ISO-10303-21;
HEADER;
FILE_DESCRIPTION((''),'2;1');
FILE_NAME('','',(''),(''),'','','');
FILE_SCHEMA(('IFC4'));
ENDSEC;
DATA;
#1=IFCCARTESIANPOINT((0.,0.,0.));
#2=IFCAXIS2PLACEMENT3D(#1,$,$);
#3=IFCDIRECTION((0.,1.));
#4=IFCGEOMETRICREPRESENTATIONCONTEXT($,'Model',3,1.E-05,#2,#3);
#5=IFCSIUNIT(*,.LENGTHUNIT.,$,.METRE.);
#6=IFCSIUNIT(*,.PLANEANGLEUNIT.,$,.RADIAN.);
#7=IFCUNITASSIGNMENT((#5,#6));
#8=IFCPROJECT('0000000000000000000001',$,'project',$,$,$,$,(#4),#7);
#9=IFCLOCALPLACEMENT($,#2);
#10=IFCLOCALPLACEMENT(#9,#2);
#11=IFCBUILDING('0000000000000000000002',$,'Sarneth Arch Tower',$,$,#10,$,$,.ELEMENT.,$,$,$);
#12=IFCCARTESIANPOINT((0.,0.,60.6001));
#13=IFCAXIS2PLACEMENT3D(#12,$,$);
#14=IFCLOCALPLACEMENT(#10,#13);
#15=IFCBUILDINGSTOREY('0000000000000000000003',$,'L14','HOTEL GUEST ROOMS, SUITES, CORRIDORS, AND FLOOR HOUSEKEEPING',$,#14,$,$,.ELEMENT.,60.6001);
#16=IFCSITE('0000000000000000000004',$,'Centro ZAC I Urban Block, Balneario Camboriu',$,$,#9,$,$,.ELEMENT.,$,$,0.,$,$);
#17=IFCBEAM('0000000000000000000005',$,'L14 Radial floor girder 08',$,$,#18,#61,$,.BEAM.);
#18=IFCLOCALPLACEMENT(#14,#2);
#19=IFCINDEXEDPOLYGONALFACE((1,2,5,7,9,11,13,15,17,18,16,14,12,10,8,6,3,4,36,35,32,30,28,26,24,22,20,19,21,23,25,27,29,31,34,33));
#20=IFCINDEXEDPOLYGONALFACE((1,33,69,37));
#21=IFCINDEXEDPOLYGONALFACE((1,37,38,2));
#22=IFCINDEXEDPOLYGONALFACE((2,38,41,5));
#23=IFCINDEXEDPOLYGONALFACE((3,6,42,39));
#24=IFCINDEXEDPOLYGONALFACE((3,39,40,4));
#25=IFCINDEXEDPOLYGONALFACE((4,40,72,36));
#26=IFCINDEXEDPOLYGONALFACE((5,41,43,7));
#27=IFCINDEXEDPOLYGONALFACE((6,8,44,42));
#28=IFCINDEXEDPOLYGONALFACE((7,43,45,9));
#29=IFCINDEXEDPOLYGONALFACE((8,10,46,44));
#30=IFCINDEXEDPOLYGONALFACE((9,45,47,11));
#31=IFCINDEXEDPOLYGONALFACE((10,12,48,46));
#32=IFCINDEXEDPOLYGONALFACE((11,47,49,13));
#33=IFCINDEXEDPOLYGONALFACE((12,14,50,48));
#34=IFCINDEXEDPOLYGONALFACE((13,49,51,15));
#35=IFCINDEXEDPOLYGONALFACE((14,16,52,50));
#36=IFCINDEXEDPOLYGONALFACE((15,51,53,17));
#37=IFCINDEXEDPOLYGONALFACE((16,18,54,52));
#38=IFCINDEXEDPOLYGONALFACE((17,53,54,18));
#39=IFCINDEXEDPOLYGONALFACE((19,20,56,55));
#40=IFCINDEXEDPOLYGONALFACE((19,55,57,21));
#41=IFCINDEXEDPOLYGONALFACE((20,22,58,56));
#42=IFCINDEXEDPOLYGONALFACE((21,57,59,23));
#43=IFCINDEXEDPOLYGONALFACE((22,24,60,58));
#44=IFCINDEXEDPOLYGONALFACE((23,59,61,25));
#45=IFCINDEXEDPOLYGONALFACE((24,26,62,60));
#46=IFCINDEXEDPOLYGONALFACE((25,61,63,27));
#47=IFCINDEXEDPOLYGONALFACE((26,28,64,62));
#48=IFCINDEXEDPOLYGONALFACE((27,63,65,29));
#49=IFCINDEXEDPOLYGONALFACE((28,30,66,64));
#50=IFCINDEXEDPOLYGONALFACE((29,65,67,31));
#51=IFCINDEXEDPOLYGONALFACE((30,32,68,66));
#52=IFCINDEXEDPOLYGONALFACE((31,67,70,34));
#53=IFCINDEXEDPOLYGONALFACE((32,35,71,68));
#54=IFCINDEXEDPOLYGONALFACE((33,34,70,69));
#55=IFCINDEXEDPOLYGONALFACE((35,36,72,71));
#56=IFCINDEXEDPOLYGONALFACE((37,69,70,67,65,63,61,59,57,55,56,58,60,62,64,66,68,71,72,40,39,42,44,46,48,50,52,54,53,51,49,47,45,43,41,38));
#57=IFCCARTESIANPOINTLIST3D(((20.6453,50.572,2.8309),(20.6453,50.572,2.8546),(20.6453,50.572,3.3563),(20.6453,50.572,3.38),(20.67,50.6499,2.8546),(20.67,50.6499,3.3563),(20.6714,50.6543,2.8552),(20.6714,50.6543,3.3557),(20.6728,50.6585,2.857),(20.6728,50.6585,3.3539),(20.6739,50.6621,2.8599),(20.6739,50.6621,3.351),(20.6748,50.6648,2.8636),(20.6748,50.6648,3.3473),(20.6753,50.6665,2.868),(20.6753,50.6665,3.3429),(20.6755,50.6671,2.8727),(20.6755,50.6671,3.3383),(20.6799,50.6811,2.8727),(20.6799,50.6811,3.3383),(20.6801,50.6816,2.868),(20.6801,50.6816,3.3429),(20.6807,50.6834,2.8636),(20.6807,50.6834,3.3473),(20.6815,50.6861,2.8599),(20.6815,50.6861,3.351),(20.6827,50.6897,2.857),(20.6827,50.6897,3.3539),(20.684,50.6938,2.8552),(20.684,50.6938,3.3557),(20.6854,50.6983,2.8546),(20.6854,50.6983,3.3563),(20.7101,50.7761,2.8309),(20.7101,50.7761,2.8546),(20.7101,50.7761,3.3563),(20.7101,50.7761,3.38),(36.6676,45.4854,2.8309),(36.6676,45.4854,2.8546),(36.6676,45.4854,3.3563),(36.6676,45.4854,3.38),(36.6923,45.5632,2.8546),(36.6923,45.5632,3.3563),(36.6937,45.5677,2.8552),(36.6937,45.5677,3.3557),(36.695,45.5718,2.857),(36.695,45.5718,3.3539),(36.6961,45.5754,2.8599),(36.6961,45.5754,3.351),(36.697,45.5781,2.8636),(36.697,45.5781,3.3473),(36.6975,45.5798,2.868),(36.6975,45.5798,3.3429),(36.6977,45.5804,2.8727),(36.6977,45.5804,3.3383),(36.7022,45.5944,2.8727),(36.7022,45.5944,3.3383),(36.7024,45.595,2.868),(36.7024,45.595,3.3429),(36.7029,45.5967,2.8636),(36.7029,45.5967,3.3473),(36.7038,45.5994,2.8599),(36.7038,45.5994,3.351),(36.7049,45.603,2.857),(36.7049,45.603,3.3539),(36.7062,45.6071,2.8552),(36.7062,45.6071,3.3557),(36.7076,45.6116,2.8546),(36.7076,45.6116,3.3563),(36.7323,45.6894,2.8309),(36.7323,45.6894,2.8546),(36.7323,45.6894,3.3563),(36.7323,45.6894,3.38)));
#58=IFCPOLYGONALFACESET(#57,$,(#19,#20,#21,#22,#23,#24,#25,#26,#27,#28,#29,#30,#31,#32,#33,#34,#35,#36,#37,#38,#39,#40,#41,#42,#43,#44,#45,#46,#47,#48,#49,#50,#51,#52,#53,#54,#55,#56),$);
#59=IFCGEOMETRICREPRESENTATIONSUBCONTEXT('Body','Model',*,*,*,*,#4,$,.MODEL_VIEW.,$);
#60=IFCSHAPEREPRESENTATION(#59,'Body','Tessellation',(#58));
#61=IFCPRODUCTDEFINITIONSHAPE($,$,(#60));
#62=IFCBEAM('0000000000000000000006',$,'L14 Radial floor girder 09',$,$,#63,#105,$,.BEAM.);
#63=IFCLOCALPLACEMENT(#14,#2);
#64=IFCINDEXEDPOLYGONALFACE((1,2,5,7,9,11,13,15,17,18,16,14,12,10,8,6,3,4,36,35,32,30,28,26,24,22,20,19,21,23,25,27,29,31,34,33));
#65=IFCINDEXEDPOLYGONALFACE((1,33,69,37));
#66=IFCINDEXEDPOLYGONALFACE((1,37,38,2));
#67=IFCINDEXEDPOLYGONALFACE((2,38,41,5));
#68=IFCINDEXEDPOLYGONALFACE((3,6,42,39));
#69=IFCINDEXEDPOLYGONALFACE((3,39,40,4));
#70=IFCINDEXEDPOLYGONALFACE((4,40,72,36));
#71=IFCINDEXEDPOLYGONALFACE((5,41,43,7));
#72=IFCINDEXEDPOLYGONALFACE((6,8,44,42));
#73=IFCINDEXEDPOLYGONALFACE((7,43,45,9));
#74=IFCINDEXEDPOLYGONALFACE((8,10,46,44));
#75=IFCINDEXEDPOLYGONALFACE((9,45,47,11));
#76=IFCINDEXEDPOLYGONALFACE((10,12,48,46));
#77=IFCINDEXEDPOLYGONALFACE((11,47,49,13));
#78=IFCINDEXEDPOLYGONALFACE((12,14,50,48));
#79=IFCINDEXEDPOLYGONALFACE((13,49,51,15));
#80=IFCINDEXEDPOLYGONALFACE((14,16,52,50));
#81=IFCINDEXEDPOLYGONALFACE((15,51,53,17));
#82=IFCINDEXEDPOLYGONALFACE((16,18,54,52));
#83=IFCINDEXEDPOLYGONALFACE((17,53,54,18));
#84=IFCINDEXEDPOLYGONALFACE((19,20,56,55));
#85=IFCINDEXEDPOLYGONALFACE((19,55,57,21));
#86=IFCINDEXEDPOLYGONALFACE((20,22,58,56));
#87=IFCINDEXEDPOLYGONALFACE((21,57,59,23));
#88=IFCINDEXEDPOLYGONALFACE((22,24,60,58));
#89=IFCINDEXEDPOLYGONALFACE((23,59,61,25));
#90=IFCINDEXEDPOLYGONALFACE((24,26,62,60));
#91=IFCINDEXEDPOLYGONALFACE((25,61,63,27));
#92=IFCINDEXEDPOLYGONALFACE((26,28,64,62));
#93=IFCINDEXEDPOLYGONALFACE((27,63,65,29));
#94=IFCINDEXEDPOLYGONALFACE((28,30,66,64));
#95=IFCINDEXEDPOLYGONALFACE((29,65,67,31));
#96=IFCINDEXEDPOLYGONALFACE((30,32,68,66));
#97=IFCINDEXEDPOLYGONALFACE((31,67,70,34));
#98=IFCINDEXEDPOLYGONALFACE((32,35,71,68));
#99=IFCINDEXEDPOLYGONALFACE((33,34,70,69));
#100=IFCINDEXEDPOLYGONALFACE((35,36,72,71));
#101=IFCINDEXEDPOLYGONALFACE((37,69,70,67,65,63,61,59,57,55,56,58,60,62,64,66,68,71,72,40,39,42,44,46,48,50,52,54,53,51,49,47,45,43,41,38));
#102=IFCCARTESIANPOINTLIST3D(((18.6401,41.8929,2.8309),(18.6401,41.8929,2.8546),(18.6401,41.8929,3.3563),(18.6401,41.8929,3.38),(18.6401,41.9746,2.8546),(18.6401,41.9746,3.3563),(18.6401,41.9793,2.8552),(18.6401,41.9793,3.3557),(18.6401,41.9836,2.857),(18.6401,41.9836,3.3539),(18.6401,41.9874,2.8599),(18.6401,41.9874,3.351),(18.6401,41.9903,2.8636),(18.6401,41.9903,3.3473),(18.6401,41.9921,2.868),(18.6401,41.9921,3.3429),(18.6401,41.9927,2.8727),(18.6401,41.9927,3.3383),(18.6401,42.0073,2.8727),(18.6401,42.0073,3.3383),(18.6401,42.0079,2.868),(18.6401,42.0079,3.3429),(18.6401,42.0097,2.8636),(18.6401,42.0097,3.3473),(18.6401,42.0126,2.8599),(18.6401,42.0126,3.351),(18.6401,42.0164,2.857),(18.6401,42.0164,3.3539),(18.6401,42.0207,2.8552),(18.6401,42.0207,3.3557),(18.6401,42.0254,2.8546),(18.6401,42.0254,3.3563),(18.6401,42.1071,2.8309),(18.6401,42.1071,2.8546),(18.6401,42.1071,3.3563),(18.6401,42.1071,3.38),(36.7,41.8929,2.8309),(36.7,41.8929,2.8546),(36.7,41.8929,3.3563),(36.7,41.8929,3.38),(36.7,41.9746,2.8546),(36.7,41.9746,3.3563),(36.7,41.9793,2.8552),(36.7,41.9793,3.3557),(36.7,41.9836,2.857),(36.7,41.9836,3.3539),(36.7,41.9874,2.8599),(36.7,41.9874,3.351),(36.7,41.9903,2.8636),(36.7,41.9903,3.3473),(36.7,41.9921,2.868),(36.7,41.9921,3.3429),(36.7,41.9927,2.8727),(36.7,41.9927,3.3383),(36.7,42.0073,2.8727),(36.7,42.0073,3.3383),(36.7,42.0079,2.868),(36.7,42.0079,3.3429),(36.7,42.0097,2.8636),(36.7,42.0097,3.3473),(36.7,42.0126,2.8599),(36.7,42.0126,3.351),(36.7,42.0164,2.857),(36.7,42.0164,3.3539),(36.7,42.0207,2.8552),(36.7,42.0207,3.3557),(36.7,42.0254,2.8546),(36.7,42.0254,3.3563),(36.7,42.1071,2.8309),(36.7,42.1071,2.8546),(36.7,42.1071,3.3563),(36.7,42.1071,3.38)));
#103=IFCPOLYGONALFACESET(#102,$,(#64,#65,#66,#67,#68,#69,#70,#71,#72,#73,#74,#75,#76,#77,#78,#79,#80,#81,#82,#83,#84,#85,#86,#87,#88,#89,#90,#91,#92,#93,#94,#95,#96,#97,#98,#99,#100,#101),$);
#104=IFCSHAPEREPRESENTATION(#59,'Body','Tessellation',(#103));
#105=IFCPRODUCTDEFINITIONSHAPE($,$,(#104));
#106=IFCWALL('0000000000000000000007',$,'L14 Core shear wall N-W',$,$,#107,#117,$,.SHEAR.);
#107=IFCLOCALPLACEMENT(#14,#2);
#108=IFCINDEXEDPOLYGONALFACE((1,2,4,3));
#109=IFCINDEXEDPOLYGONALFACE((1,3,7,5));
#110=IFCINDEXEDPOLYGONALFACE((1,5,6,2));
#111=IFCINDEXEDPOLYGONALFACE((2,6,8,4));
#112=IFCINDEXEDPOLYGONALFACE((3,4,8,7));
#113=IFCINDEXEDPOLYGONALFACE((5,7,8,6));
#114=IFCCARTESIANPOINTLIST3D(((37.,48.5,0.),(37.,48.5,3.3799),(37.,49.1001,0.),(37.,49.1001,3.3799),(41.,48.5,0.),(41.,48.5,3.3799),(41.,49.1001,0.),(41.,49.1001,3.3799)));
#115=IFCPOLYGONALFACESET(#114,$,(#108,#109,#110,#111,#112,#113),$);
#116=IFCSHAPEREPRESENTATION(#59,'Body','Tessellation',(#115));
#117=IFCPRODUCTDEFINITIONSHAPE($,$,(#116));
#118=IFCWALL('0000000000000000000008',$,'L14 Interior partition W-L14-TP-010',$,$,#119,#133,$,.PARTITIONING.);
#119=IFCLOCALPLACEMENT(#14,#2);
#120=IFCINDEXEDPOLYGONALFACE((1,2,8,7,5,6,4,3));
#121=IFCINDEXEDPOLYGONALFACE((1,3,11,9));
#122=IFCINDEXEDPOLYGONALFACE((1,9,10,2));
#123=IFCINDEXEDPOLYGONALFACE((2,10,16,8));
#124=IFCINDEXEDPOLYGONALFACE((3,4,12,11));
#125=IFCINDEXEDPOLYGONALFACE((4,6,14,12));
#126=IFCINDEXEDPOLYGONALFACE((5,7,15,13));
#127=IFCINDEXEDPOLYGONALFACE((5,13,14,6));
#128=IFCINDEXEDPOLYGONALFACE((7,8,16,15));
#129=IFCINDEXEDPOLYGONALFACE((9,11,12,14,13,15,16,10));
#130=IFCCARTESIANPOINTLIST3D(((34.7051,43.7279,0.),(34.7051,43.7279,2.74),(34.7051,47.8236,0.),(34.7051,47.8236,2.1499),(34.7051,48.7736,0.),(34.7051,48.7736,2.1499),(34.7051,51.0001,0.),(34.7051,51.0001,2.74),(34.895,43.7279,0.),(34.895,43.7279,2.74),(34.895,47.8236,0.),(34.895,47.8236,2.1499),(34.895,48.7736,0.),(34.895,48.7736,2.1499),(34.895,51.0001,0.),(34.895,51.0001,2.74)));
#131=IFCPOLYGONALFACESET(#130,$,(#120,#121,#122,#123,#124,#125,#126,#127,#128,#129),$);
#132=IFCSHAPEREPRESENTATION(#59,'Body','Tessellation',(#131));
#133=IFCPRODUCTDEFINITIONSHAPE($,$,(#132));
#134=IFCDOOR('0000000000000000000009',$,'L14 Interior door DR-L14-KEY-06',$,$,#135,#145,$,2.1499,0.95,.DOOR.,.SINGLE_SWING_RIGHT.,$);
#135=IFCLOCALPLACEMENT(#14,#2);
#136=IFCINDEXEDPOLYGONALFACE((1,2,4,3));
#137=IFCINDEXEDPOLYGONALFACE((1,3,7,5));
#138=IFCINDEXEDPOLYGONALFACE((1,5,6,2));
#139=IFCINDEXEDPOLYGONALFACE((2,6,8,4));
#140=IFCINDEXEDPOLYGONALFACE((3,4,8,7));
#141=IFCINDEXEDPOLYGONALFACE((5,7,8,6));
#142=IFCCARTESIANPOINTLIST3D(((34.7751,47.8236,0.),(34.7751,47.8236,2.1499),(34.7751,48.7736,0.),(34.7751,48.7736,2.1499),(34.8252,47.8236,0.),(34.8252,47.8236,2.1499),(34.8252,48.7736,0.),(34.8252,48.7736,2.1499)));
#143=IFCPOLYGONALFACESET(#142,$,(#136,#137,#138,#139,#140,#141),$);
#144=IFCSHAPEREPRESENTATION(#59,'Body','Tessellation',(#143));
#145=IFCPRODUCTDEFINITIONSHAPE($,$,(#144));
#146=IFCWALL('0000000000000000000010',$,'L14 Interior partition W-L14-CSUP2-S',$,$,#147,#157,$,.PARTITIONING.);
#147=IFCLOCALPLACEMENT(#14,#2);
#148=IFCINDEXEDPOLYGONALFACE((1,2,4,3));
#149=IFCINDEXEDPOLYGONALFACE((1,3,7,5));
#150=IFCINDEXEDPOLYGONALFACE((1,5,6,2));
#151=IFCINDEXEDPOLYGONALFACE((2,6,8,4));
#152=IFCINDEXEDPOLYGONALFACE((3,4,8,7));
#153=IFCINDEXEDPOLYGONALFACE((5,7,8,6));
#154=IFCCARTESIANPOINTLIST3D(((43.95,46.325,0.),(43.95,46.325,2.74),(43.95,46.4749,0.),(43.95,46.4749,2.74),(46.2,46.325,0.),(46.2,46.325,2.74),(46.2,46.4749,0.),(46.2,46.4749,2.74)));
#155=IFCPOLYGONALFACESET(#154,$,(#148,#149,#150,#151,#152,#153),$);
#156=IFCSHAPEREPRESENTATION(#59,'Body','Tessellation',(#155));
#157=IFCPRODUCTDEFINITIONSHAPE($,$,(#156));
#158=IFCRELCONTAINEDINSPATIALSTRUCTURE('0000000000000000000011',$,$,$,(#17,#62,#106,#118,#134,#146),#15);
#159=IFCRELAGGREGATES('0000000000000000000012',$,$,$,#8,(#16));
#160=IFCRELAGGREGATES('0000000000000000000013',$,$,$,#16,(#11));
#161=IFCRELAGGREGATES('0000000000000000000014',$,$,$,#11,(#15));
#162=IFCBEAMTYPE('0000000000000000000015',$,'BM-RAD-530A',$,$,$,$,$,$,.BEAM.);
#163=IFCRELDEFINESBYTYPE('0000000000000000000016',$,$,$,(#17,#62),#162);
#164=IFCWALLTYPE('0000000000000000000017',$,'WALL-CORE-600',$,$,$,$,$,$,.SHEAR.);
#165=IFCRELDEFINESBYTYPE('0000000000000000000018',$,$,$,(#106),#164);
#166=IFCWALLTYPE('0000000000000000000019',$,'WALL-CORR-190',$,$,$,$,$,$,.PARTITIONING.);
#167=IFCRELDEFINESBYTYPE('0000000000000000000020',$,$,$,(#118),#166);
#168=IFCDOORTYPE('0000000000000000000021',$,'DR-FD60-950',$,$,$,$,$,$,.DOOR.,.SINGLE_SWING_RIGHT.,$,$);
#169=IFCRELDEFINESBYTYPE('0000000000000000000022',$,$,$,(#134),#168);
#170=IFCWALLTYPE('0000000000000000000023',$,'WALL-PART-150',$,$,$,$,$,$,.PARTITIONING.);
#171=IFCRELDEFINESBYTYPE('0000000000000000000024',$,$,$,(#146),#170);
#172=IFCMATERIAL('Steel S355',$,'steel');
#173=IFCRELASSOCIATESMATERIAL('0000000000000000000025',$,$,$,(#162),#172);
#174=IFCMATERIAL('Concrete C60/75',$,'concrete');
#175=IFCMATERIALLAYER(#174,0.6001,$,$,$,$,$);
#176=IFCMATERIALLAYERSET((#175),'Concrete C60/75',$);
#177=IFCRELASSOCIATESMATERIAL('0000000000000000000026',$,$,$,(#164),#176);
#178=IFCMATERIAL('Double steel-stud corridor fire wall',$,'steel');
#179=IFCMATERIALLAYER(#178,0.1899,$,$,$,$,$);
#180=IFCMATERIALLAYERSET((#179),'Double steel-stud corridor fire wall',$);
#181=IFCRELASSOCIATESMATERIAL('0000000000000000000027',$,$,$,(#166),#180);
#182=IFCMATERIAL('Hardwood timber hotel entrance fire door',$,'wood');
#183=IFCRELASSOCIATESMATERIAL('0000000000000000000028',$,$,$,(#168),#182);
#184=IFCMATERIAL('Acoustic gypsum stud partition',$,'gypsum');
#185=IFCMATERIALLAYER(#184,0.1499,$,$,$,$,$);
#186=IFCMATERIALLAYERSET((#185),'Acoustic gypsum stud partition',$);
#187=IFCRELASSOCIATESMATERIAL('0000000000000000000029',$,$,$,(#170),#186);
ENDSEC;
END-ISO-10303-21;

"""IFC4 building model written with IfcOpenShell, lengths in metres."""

from ifc_helpers import new_model, si_unit, direction, frame, frame_2d, origin, origin_2d, place, context, subcontext, project, spatial, rectangle, i_section, extrude, material, layer, layer_set, material_profile, profile_set, type_object, element, fill, save


model = new_model("IFC4")

# Units and contexts
model_context = context("Model", 3, precision=1e-05, world=origin(), true_north=direction((0.0, 1.0)))
body_context = subcontext(model_context, "Body", "Model", "MODEL_VIEW")
ifc_project = project(units=[si_unit("LENGTHUNIT", "METRE"), si_unit("PLANEANGLEUNIT", "RADIAN")], contexts=[model_context])

# Site, building, storey
site_placement = place(None, origin())
site = spatial("IfcSite", under=ifc_project, at=site_placement, Name="Centro ZAC I Urban Block, Balneario Camboriu", CompositionType="ELEMENT", RefElevation=0.0)
building_placement = place(site_placement, origin())
building = spatial("IfcBuilding", under=site, at=building_placement, Name="Sarneth Arch Tower", CompositionType="ELEMENT")
storey_placement = place(building_placement, frame((0.0, 0.0, 60.6001)))
storey = spatial("IfcBuildingStorey", under=building, at=storey_placement, Name="L14", Description="HOTEL GUEST ROOMS, SUITES, CORRIDORS, AND FLOOR HOUSEKEEPING", CompositionType="ELEMENT", Elevation=60.6001)

# Beams
ifc_material_1 = material(Name="Steel S355", Category="steel")
ifc_material_profile = material_profile(ifc_material_1, i_section(OverallWidth=0.2141, OverallDepth=0.5491, WebThickness=0.0146, FlangeThickness=0.0237, FilletRadius=0.0181, at=origin_2d()), Name="W530x138")
ifc_profile_set = profile_set([ifc_material_profile], Name="Steel S355")
beam_type = type_object("IfcBeamType", Name="BM-RAD-530A", PredefinedType="BEAM", material=ifc_profile_set)
beam_1_placement = place(storey_placement, frame((36.7, 45.5874, 3.1055), z_axis=(-0.95312, 0.302593, 0.0), x_axis=(-0.302593, -0.95312, 0.0)))
element("IfcBeam", 1, at=beam_1_placement, inside=storey, type_object=beam_type, Name="L14 Radial floor girder 08", PredefinedType="BEAM", context=body_context, shape_type="SweptSolid", body=[
    extrude(i_section(OverallWidth=0.2141, OverallDepth=0.5491, WebThickness=0.0146, FlangeThickness=0.0237, FilletRadius=0.0181, at=origin_2d()), origin(), (0.0, 0.0, 1.0), 16.8103),
])
beam_2_placement = place(storey_placement, frame((36.7, 42.0, 3.1055), z_axis=(-1.0, 0.0, 0.0), x_axis=(0.0, -1.0, 0.0)))
element("IfcBeam", 2, at=beam_2_placement, inside=storey, type_object=beam_type, Name="L14 Radial floor girder 09", PredefinedType="BEAM", context=body_context, shape_type="SweptSolid", body=[
    extrude(i_section(OverallWidth=0.2141, OverallDepth=0.5491, WebThickness=0.0146, FlangeThickness=0.0237, FilletRadius=0.0181, at=origin_2d()), origin(), (0.0, 0.0, 1.0), 18.0598),
])

# Wall
ifc_material_2 = material(Name="Concrete C60/75", Category="concrete")
ifc_layer_1 = layer(ifc_material_2, 0.6001)
ifc_layer_set_1 = layer_set([ifc_layer_1], Name="Concrete C60/75")
wall_type_1 = type_object("IfcWallType", Name="WALL-CORE-600", PredefinedType="SHEAR", material=ifc_layer_set_1)
wall_1_placement = place(storey_placement, frame((37.0, 48.8, 0.0), z_axis=(0.0, 0.0, 1.0), x_axis=(1.0, 0.0, 0.0)))
element("IfcWall", 3, at=wall_1_placement, inside=storey, type_object=wall_type_1, Name="L14 Core shear wall N-W", PredefinedType="SHEAR", context=body_context, shape_type="SweptSolid", body=[
    extrude(rectangle(XDim=4.0, YDim=0.6001, at=frame_2d((2.0, 0.0))), origin(), (0.0, 0.0, 1.0), 3.3799),
])

# Wall, opening, door
ifc_material_3 = material(Name="Double steel-stud corridor fire wall", Category="steel")
ifc_layer_2 = layer(ifc_material_3, 0.1899)
ifc_layer_set_2 = layer_set([ifc_layer_2], Name="Double steel-stud corridor fire wall")
wall_type_2 = type_object("IfcWallType", Name="WALL-CORR-190", PredefinedType="PARTITIONING", material=ifc_layer_set_2)
wall_2_placement = place(storey_placement, frame((34.8, 43.7278, 0.0), z_axis=(0.0, 0.0, 1.0), x_axis=(0.0, 1.0, 0.0)))
wall_2 = element("IfcWall", 4, at=wall_2_placement, inside=storey, type_object=wall_type_2, Name="L14 Interior partition W-L14-TP-010", PredefinedType="PARTITIONING", context=body_context, shape_type="SweptSolid", body=[
    extrude(rectangle(XDim=7.2722, YDim=0.1899, at=frame_2d((3.6362, 0.0))), origin(), (0.0, 0.0, 1.0), 2.74),
])
opening_1_placement = place(wall_2_placement, frame((4.0957, 0.0, 0.0)))
opening_1 = element("IfcOpeningElement", 5, at=opening_1_placement, cuts=wall_2, PredefinedType="OPENING", context=body_context, shape_type="SweptSolid", body=[
    extrude(rectangle(XDim=0.95, YDim=2.1499, at=frame_2d((0.4751, 1.075))), frame((0.0, 0.105, 0.0), z_axis=(0.0, -1.0, 0.0), x_axis=(1.0, 0.0, 0.0)), (0.0, 0.0, 1.0), 0.21),
])
ifc_material_4 = material(Name="Hardwood timber hotel entrance fire door", Category="wood")
door_type_1 = type_object("IfcDoorType", Name="DR-FD60-950", OperationType="SINGLE_SWING_RIGHT", PredefinedType="DOOR", material=ifc_material_4)
door_1_placement = place(opening_1_placement, origin())
door_1 = element("IfcDoor", 6, at=door_1_placement, inside=storey, type_object=door_type_1, Name="L14 Interior door DR-L14-KEY-06", OperationType="SINGLE_SWING_RIGHT", OverallHeight=2.1499, OverallWidth=0.95, PredefinedType="DOOR", context=body_context, shape_type="SweptSolid", body=[
    extrude(rectangle(XDim=0.95, YDim=2.1499, at=frame_2d((0.4751, 1.075))), frame((0.0, 0.0249, 0.0), z_axis=(0.0, -1.0, 0.0), x_axis=(1.0, 0.0, 0.0)), (0.0, 0.0, 1.0), 0.05),
])
fill(opening_1, door_1)

# Wall
ifc_material_5 = material(Name="Acoustic gypsum stud partition", Category="gypsum")
ifc_layer_3 = layer(ifc_material_5, 0.1499)
ifc_layer_set_3 = layer_set([ifc_layer_3], Name="Acoustic gypsum stud partition")
wall_type_3 = type_object("IfcWallType", Name="WALL-PART-150", PredefinedType="PARTITIONING", material=ifc_layer_set_3)
wall_3_placement = place(storey_placement, frame((43.95, 46.3999, 0.0), z_axis=(0.0, 0.0, 1.0), x_axis=(1.0, 0.0, 0.0)))
element("IfcWall", 7, at=wall_3_placement, inside=storey, type_object=wall_type_3, Name="L14 Interior partition W-L14-CSUP2-S", PredefinedType="PARTITIONING", context=body_context, shape_type="SweptSolid", body=[
    extrude(rectangle(XDim=2.25, YDim=0.1499, at=frame_2d((1.125, 0.0))), origin(), (0.0, 0.0, 1.0), 2.74),
])

save(model, "model.ifc")
